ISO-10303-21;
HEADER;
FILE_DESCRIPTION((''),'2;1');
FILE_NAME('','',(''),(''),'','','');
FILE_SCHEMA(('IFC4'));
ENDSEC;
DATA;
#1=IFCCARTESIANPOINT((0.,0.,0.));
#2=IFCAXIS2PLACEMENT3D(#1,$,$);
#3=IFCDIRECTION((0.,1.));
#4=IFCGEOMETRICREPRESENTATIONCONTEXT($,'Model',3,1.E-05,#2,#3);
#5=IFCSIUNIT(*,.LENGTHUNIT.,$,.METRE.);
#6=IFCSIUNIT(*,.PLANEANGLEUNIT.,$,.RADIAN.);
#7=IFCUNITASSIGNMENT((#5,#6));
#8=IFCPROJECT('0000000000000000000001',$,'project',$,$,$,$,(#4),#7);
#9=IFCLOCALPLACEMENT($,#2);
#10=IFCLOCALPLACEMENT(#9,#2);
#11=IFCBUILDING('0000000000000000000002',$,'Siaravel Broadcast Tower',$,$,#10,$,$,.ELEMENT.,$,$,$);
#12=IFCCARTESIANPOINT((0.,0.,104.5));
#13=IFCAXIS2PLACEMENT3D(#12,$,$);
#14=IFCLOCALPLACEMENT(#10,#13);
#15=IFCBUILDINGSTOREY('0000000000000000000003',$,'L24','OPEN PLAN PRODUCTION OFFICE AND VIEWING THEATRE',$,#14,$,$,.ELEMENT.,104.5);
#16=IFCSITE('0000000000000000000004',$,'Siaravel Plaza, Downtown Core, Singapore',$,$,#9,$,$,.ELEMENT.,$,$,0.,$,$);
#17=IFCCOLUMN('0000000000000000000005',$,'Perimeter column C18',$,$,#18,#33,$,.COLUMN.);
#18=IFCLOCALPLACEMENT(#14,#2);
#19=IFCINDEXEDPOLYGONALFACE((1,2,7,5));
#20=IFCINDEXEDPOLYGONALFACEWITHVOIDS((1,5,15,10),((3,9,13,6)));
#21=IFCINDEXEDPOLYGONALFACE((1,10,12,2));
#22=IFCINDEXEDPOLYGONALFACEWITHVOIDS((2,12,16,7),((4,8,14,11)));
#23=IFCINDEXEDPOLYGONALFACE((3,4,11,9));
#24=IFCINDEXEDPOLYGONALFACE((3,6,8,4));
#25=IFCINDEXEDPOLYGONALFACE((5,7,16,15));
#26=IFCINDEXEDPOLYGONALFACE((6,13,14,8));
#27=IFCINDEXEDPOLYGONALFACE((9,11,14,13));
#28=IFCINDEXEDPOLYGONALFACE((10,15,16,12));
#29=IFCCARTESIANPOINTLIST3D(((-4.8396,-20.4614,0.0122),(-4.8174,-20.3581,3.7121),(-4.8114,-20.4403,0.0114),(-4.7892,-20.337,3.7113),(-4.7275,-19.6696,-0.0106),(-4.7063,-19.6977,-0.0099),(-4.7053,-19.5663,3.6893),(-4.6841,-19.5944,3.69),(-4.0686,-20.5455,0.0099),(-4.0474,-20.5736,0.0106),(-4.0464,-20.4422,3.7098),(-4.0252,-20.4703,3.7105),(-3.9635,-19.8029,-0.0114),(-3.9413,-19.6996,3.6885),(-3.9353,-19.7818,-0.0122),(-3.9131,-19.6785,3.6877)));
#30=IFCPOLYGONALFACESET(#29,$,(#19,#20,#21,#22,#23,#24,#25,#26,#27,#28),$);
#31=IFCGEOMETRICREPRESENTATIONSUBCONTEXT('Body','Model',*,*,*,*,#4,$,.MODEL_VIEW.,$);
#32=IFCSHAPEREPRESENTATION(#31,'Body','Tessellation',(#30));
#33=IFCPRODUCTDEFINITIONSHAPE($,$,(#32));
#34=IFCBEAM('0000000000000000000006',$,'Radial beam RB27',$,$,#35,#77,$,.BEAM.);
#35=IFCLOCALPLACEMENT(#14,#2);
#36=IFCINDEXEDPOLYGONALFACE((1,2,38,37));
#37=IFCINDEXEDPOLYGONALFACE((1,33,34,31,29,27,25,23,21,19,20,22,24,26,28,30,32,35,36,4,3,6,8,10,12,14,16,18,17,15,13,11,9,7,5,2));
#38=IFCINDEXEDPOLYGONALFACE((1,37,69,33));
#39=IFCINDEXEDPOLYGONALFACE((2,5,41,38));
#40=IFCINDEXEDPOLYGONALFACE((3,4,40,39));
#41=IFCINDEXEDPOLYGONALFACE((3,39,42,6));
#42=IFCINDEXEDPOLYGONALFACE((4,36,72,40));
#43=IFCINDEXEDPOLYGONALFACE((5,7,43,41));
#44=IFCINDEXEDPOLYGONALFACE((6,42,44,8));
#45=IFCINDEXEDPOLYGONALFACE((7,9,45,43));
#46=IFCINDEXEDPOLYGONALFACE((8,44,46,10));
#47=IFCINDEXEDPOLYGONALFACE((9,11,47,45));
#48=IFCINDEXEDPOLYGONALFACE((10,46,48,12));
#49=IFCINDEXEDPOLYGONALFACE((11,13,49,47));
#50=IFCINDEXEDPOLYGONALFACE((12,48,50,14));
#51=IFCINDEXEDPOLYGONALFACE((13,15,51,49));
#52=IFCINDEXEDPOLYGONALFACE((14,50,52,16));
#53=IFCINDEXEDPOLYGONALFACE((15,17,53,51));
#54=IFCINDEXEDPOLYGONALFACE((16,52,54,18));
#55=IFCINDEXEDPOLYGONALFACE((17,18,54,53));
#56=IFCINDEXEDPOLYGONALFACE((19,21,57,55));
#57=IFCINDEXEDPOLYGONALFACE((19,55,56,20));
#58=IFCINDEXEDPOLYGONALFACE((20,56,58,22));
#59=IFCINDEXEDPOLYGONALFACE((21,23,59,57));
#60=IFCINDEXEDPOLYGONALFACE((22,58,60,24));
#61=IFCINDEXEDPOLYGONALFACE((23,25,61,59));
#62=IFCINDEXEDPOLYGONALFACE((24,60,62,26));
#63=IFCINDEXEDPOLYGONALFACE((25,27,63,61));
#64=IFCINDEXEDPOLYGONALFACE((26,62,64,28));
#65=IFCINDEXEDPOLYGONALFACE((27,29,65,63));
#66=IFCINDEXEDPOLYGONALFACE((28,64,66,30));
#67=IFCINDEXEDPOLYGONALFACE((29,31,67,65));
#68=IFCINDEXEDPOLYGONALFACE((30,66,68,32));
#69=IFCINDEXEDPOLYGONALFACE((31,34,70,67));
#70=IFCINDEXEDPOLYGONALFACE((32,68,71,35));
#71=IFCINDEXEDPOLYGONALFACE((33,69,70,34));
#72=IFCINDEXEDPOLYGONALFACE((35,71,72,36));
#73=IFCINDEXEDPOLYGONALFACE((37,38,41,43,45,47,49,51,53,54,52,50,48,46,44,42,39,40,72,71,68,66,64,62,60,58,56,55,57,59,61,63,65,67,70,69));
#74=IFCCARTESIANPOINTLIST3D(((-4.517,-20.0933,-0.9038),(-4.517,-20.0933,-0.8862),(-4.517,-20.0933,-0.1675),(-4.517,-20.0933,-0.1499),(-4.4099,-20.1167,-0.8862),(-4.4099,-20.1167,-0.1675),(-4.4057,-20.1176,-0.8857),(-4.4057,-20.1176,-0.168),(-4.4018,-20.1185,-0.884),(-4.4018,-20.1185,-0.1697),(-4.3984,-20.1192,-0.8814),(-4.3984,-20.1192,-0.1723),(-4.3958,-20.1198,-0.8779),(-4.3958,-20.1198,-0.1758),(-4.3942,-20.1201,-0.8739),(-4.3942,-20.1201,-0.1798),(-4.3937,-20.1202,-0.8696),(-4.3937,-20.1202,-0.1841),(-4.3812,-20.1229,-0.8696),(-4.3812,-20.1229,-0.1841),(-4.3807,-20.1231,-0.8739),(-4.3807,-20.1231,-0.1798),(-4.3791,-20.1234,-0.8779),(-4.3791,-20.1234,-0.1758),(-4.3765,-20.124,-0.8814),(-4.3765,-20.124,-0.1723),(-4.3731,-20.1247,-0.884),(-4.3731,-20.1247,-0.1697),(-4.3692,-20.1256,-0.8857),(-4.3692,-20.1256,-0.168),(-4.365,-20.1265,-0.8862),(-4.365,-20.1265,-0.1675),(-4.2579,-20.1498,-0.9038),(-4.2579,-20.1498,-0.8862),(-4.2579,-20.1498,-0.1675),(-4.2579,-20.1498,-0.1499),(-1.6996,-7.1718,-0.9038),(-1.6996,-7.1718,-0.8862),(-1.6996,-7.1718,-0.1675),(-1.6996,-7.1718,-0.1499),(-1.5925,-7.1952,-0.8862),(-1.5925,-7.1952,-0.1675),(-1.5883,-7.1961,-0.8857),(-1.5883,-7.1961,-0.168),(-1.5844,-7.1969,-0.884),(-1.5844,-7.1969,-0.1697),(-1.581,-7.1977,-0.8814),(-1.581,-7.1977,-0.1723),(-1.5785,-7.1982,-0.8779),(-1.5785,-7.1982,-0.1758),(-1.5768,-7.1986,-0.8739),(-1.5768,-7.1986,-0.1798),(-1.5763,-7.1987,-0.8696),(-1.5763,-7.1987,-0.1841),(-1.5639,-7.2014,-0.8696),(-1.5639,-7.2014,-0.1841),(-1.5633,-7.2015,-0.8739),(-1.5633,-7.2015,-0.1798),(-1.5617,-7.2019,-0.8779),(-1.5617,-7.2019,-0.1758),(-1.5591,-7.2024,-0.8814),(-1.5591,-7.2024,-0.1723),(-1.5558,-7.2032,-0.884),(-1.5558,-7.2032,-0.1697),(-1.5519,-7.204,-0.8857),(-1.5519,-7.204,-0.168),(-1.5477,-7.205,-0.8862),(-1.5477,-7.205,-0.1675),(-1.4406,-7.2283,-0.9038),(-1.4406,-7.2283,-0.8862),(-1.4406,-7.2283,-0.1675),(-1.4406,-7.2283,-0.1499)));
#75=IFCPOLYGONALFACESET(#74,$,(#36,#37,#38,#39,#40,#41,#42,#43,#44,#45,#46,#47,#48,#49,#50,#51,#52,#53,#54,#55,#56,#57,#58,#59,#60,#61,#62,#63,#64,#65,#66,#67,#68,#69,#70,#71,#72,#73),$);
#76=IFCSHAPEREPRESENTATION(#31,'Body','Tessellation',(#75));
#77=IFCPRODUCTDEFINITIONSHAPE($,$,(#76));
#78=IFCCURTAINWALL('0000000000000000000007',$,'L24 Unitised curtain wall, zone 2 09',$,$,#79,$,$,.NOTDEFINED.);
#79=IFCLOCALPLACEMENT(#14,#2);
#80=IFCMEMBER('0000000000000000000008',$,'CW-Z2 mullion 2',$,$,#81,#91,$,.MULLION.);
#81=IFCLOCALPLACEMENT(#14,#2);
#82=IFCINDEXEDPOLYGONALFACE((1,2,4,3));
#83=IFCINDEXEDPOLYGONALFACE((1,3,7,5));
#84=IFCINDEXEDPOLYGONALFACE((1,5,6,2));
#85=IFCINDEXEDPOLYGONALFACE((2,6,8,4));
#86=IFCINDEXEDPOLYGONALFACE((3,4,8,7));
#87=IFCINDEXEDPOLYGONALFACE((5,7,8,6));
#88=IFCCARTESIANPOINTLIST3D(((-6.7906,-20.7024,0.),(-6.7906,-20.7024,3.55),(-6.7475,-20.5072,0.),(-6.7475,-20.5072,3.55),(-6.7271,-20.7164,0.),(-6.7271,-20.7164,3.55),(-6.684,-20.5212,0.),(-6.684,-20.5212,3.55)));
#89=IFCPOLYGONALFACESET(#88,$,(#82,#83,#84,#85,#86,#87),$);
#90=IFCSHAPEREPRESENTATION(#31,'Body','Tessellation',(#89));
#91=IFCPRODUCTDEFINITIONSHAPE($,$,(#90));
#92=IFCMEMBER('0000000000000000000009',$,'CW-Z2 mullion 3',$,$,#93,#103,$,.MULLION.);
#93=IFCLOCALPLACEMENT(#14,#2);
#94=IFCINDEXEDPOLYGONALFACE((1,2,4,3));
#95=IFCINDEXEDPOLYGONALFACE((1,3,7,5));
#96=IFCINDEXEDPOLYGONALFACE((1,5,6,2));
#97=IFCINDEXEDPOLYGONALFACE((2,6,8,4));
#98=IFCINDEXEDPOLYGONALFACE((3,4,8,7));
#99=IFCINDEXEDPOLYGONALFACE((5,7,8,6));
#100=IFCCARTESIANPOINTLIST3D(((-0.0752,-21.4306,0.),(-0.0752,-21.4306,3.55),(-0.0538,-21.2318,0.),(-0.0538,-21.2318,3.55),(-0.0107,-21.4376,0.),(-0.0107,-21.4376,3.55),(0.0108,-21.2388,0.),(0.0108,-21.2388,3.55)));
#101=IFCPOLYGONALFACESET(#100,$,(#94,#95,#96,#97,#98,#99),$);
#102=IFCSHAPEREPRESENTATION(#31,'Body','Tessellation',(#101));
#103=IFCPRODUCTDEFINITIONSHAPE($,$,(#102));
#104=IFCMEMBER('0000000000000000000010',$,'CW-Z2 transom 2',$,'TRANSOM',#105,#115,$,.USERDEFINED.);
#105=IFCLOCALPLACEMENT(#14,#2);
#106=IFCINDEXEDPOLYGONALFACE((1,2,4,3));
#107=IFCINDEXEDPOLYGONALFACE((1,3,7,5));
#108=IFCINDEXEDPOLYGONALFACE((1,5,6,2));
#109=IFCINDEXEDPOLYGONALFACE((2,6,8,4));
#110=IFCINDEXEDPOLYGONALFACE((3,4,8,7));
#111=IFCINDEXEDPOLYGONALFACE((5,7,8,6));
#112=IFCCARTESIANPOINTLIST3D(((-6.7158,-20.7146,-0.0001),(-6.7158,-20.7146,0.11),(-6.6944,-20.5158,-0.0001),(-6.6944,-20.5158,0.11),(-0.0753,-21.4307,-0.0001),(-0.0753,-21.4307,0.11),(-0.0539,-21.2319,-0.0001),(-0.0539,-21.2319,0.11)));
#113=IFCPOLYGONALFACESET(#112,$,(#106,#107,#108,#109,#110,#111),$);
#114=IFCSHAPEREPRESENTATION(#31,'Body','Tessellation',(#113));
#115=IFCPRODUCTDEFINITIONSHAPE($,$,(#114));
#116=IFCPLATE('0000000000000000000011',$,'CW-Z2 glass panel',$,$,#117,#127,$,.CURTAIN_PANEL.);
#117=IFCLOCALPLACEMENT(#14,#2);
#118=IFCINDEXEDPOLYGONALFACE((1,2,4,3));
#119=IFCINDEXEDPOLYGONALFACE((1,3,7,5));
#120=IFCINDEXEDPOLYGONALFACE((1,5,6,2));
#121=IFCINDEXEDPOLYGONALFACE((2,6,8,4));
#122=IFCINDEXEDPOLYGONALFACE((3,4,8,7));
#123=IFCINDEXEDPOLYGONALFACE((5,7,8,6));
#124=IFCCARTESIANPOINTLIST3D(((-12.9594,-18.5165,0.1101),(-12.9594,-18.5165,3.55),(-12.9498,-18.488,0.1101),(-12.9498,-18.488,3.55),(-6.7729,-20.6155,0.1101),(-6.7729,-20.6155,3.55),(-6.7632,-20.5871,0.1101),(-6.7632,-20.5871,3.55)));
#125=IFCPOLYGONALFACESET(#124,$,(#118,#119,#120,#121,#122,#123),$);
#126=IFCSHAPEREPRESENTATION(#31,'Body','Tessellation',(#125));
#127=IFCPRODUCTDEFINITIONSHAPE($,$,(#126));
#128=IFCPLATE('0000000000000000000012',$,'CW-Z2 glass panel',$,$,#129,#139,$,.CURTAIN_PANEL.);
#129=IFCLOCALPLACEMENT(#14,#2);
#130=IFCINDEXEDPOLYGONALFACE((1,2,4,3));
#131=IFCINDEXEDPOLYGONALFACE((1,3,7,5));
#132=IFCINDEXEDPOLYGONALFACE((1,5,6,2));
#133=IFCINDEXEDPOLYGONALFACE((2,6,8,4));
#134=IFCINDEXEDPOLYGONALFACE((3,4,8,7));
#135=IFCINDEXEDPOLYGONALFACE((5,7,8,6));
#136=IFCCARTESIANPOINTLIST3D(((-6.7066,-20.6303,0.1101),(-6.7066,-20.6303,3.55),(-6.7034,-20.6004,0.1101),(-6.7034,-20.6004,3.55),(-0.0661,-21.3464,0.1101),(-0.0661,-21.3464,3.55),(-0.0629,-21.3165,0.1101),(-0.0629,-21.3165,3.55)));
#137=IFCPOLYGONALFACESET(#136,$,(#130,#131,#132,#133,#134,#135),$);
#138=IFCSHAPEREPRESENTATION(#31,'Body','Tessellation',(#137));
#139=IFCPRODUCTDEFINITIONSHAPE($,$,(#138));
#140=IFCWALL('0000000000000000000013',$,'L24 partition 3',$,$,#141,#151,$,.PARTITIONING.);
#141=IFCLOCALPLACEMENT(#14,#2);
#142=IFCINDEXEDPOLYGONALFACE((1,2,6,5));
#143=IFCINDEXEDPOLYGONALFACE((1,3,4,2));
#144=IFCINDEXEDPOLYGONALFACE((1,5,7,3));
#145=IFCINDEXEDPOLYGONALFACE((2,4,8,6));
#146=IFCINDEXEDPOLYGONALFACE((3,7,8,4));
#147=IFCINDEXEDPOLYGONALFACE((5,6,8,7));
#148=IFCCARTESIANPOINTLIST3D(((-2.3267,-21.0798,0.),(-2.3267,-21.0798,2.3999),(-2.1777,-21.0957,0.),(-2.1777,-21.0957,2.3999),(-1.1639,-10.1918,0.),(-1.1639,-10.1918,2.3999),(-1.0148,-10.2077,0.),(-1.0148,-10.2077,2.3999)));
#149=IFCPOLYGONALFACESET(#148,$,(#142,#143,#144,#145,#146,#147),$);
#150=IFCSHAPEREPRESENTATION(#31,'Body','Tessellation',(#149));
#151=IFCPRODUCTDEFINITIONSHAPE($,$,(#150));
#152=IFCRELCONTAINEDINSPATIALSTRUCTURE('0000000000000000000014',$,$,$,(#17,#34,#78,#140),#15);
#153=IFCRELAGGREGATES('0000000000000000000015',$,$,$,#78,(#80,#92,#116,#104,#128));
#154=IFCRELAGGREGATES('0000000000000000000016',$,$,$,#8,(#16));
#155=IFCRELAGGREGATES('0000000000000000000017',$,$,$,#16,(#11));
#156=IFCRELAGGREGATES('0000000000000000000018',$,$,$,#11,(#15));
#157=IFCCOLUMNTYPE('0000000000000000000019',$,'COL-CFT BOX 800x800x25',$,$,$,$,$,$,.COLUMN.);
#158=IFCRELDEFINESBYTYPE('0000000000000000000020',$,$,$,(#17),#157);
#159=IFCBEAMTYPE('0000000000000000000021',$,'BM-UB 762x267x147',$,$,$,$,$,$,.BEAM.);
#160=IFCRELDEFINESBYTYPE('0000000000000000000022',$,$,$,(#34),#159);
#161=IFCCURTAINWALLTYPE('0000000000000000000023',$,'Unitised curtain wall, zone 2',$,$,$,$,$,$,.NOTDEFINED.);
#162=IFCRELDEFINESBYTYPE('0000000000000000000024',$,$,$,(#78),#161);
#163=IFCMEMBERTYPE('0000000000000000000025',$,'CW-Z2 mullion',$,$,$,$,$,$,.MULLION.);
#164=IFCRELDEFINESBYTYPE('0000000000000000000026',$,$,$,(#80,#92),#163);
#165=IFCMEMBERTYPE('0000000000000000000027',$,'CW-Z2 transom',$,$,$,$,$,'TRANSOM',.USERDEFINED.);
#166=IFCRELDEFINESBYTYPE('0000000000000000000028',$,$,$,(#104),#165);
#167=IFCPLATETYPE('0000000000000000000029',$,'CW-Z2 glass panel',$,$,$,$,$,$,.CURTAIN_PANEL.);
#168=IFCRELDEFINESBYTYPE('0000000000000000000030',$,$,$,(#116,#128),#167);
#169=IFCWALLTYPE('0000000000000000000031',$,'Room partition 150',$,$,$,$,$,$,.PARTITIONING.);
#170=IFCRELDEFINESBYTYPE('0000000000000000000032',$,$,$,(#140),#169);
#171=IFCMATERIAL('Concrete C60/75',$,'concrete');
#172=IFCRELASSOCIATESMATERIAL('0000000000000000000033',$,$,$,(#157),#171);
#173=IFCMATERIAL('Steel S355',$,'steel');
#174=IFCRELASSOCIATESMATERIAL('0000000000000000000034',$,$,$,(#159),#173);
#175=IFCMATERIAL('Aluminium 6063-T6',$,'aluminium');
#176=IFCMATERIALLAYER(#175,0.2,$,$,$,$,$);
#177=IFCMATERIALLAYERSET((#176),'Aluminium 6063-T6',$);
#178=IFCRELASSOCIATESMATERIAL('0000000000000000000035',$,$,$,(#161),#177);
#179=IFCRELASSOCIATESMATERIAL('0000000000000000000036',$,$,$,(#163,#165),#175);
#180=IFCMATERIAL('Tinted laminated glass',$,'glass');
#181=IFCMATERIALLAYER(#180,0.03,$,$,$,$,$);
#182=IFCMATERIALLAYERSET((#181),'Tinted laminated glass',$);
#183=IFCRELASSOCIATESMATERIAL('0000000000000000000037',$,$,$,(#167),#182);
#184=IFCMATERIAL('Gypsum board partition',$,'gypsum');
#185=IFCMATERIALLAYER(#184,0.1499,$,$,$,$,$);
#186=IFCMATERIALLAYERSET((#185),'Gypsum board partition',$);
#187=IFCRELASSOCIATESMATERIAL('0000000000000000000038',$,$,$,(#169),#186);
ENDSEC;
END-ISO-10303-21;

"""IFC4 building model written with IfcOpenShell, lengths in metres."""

from ifc_helpers import new_model, si_unit, direction, frame, frame_2d, origin, origin_2d, place, context, subcontext, project, spatial, rectangle, hollow_rectangle, i_section, extrude, material, layer, layer_set, material_profile, profile_set, type_object, element, aggregate, save


model = new_model("IFC4")

# Units and contexts
model_context = context("Model", 3, precision=1e-05, world=origin(), true_north=direction((0.0, 1.0)))
body_context = subcontext(model_context, "Body", "Model", "MODEL_VIEW")
ifc_project = project(units=[si_unit("LENGTHUNIT", "METRE"), si_unit("PLANEANGLEUNIT", "RADIAN")], contexts=[model_context])

# Site, building, storey
site_placement = place(None, origin())
site = spatial("IfcSite", under=ifc_project, at=site_placement, Name="Siaravel Plaza, Downtown Core, Singapore", CompositionType="ELEMENT", RefElevation=0.0)
building_placement = place(site_placement, origin())
building = spatial("IfcBuilding", under=site, at=building_placement, Name="Siaravel Broadcast Tower", CompositionType="ELEMENT")
storey_placement = place(building_placement, frame((0.0, 0.0, 104.5)))
storey = spatial("IfcBuildingStorey", under=building, at=storey_placement, Name="L24", Description="OPEN PLAN PRODUCTION OFFICE AND VIEWING THEATRE", CompositionType="ELEMENT", Elevation=104.5)

# Column
ifc_material_1 = material(Name="Concrete C60/75", Category="concrete")
ifc_material_profile_1 = material_profile(ifc_material_1, hollow_rectangle(XDim=0.8, YDim=0.8, WallThickness=0.0249, at=origin_2d()))
ifc_profile_set_1 = profile_set([ifc_material_profile_1], Name="Concrete C60/75")
column_type = type_object("IfcColumnType", Name="COL-CFT BOX 800x800x25", PredefinedType="COLUMN", material=ifc_profile_set_1)
column_placement = place(storey_placement, frame((-4.3875, -20.1216, 0.0), z_axis=(0.006002, 0.0279, 0.999593), x_axis=(-0.990118, 0.140221, 0.002031)))
element("IfcColumn", 1, at=column_placement, inside=storey, type_object=column_type, Name="Perimeter column C18", PredefinedType="COLUMN", context=body_context, shape_type="SweptSolid", body=[
    extrude(hollow_rectangle(XDim=0.8, YDim=0.8, WallThickness=0.0249, at=origin_2d()), origin(), (0.0, 0.0, 1.0), 3.7014),
])

# Beam
ifc_material_2 = material(Name="Steel S355", Category="steel")
ifc_material_profile_2 = material_profile(ifc_material_2, i_section(OverallWidth=0.2651, OverallDepth=0.7539, WebThickness=0.0127, FlangeThickness=0.0176, FilletRadius=0.0166, at=origin_2d()))
ifc_profile_set_2 = profile_set([ifc_material_profile_2], Name="Steel S355")
beam_type = type_object("IfcBeamType", Name="BM-UB 762x267x147", PredefinedType="BEAM", material=ifc_profile_set_2)
beam_placement = place(storey_placement, frame((-4.3875, -20.1216, -0.5269), z_axis=(0.213031, 0.977045, 0.0), x_axis=(-0.977045, 0.213031, 0.0)))
element("IfcBeam", 2, at=beam_placement, inside=storey, type_object=beam_type, Name="Radial beam RB27", PredefinedType="BEAM", context=body_context, shape_type="SweptSolid", body=[
    extrude(i_section(OverallWidth=0.2651, OverallDepth=0.7539, WebThickness=0.0127, FlangeThickness=0.0176, FilletRadius=0.0166, at=origin_2d()), origin(), (0.0, 0.0, 1.0), 13.2251),
])

# Curtain wall, members, plates
ifc_material_3 = material(Name="Aluminium 6063-T6", Category="aluminium")
ifc_layer_1 = layer(ifc_material_3, 0.2)
ifc_layer_set_1 = layer_set([ifc_layer_1], Name="Aluminium 6063-T6")
curtain_wall_type = type_object("IfcCurtainWallType", Name="Unitised curtain wall, zone 2", PredefinedType="NOTDEFINED", material=ifc_layer_set_1)
curtain_wall_placement = place(storey_placement, origin())
curtain_wall = element("IfcCurtainWall", 3, at=curtain_wall_placement, inside=storey, type_object=curtain_wall_type, Name="L24 Unitised curtain wall, zone 2 09", PredefinedType="NOTDEFINED")
ifc_material_profile_3 = material_profile(ifc_material_3, rectangle(XDim=0.2, YDim=0.0649, at=origin_2d()))
ifc_profile_set_3 = profile_set([ifc_material_profile_3], Name="Aluminium 6063-T6")
member_type_1 = type_object("IfcMemberType", Name="CW-Z2 mullion", PredefinedType="MULLION", material=ifc_profile_set_3)
member_1_placement = place(storey_placement, frame((-6.7373, -20.6118, 0.0), z_axis=(0.0, 0.0, 1.0), x_axis=(0.215558, 0.976491, 0.0)))
member_1 = element("IfcMember", 4, at=member_1_placement, type_object=member_type_1, Name="CW-Z2 mullion 2", PredefinedType="MULLION", context=body_context, shape_type="SweptSolid", body=[
    extrude(rectangle(XDim=0.2, YDim=0.0649, at=origin_2d()), origin(), (0.0, 0.0, 1.0), 3.55),
])
member_2_placement = place(storey_placement, frame((-0.0322, -21.3347, 0.0), z_axis=(0.0, 0.0, 1.0), x_axis=(0.107217, 0.994236, 0.0)))
member_2 = element("IfcMember", 5, at=member_2_placement, type_object=member_type_1, Name="CW-Z2 mullion 3", PredefinedType="MULLION", context=body_context, shape_type="SweptSolid", body=[
    extrude(rectangle(XDim=0.2, YDim=0.0649, at=origin_2d()), origin(), (0.0, 0.0, 1.0), 3.55),
])
ifc_material_profile_4 = material_profile(ifc_material_3, rectangle(XDim=0.2, YDim=0.1101, at=origin_2d()))
ifc_profile_set_4 = profile_set([ifc_material_profile_4], Name="Aluminium 6063-T6")
member_type_2 = type_object("IfcMemberType", Name="CW-Z2 transom", ElementType="TRANSOM", PredefinedType="USERDEFINED", material=ifc_profile_set_4)
member_3_placement = place(storey_placement, frame((-6.7051, -20.6152, 0.0549), z_axis=(0.994236, -0.107213, 0.0), x_axis=(0.107213, 0.994236, 0.0)))
member_3 = element("IfcMember", 6, at=member_3_placement, type_object=member_type_2, Name="CW-Z2 transom 2", ObjectType="TRANSOM", PredefinedType="USERDEFINED", context=body_context, shape_type="SweptSolid", body=[
    extrude(rectangle(XDim=0.2, YDim=0.1101, at=origin_2d()), origin(), (0.0, 0.0, 1.0), 6.679),
])
ifc_material_4 = material(Name="Tinted laminated glass", Category="glass")
ifc_layer_2 = layer(ifc_material_4, 0.03)
ifc_layer_set_2 = layer_set([ifc_layer_2], Name="Tinted laminated glass")
plate_type = type_object("IfcPlateType", Name="CW-Z2 glass panel", PredefinedType="CURTAIN_PANEL", material=ifc_layer_set_2)
plate_1_placement = place(storey_placement, frame((-9.8613, -19.5518, 0.1101), z_axis=(0.0, 0.0, 1.0), x_axis=(0.946977, -0.3213, 0.0)))
plate_1 = element("IfcPlate", 7, at=plate_1_placement, type_object=plate_type, Name="CW-Z2 glass panel", PredefinedType="CURTAIN_PANEL", context=body_context, shape_type="SweptSolid", body=[
    extrude(rectangle(XDim=6.533, YDim=0.03, at=origin_2d()), origin(), (0.0, 0.0, 1.0), 3.4399),
])
plate_2_placement = place(storey_placement, frame((-3.3848, -20.9734, 0.1101), z_axis=(0.0, 0.0, 1.0), x_axis=(0.994236, -0.107217, 0.0)))
plate_2 = element("IfcPlate", 8, at=plate_2_placement, type_object=plate_type, Name="CW-Z2 glass panel", PredefinedType="CURTAIN_PANEL", context=body_context, shape_type="SweptSolid", body=[
    extrude(rectangle(XDim=6.679, YDim=0.03, at=origin_2d()), origin(), (0.0, 0.0, 1.0), 3.4399),
])
aggregate(curtain_wall, [member_1, member_2, plate_1, member_3, plate_2])

# Wall
ifc_material_5 = material(Name="Gypsum board partition", Category="gypsum")
ifc_layer_3 = layer(ifc_material_5, 0.1499)
ifc_layer_set_3 = layer_set([ifc_layer_3], Name="Gypsum board partition")
wall_type = type_object("IfcWallType", Name="Room partition 150", PredefinedType="PARTITIONING", material=ifc_layer_set_3)
wall_placement = place(storey_placement, frame((-2.2522, -21.0879, 0.0), z_axis=(0.0, 0.0, 1.0), x_axis=(0.106197, 0.994345, 0.0)))
element("IfcWall", 9, at=wall_placement, inside=storey, type_object=wall_type, Name="L24 partition 3", PredefinedType="PARTITIONING", context=body_context, shape_type="SweptSolid", body=[
    extrude(rectangle(XDim=10.95, YDim=0.1499, at=frame_2d((5.4751, 0.0))), origin(), (0.0, 0.0, 1.0), 2.3999),
])

save(model, "model.ifc")
